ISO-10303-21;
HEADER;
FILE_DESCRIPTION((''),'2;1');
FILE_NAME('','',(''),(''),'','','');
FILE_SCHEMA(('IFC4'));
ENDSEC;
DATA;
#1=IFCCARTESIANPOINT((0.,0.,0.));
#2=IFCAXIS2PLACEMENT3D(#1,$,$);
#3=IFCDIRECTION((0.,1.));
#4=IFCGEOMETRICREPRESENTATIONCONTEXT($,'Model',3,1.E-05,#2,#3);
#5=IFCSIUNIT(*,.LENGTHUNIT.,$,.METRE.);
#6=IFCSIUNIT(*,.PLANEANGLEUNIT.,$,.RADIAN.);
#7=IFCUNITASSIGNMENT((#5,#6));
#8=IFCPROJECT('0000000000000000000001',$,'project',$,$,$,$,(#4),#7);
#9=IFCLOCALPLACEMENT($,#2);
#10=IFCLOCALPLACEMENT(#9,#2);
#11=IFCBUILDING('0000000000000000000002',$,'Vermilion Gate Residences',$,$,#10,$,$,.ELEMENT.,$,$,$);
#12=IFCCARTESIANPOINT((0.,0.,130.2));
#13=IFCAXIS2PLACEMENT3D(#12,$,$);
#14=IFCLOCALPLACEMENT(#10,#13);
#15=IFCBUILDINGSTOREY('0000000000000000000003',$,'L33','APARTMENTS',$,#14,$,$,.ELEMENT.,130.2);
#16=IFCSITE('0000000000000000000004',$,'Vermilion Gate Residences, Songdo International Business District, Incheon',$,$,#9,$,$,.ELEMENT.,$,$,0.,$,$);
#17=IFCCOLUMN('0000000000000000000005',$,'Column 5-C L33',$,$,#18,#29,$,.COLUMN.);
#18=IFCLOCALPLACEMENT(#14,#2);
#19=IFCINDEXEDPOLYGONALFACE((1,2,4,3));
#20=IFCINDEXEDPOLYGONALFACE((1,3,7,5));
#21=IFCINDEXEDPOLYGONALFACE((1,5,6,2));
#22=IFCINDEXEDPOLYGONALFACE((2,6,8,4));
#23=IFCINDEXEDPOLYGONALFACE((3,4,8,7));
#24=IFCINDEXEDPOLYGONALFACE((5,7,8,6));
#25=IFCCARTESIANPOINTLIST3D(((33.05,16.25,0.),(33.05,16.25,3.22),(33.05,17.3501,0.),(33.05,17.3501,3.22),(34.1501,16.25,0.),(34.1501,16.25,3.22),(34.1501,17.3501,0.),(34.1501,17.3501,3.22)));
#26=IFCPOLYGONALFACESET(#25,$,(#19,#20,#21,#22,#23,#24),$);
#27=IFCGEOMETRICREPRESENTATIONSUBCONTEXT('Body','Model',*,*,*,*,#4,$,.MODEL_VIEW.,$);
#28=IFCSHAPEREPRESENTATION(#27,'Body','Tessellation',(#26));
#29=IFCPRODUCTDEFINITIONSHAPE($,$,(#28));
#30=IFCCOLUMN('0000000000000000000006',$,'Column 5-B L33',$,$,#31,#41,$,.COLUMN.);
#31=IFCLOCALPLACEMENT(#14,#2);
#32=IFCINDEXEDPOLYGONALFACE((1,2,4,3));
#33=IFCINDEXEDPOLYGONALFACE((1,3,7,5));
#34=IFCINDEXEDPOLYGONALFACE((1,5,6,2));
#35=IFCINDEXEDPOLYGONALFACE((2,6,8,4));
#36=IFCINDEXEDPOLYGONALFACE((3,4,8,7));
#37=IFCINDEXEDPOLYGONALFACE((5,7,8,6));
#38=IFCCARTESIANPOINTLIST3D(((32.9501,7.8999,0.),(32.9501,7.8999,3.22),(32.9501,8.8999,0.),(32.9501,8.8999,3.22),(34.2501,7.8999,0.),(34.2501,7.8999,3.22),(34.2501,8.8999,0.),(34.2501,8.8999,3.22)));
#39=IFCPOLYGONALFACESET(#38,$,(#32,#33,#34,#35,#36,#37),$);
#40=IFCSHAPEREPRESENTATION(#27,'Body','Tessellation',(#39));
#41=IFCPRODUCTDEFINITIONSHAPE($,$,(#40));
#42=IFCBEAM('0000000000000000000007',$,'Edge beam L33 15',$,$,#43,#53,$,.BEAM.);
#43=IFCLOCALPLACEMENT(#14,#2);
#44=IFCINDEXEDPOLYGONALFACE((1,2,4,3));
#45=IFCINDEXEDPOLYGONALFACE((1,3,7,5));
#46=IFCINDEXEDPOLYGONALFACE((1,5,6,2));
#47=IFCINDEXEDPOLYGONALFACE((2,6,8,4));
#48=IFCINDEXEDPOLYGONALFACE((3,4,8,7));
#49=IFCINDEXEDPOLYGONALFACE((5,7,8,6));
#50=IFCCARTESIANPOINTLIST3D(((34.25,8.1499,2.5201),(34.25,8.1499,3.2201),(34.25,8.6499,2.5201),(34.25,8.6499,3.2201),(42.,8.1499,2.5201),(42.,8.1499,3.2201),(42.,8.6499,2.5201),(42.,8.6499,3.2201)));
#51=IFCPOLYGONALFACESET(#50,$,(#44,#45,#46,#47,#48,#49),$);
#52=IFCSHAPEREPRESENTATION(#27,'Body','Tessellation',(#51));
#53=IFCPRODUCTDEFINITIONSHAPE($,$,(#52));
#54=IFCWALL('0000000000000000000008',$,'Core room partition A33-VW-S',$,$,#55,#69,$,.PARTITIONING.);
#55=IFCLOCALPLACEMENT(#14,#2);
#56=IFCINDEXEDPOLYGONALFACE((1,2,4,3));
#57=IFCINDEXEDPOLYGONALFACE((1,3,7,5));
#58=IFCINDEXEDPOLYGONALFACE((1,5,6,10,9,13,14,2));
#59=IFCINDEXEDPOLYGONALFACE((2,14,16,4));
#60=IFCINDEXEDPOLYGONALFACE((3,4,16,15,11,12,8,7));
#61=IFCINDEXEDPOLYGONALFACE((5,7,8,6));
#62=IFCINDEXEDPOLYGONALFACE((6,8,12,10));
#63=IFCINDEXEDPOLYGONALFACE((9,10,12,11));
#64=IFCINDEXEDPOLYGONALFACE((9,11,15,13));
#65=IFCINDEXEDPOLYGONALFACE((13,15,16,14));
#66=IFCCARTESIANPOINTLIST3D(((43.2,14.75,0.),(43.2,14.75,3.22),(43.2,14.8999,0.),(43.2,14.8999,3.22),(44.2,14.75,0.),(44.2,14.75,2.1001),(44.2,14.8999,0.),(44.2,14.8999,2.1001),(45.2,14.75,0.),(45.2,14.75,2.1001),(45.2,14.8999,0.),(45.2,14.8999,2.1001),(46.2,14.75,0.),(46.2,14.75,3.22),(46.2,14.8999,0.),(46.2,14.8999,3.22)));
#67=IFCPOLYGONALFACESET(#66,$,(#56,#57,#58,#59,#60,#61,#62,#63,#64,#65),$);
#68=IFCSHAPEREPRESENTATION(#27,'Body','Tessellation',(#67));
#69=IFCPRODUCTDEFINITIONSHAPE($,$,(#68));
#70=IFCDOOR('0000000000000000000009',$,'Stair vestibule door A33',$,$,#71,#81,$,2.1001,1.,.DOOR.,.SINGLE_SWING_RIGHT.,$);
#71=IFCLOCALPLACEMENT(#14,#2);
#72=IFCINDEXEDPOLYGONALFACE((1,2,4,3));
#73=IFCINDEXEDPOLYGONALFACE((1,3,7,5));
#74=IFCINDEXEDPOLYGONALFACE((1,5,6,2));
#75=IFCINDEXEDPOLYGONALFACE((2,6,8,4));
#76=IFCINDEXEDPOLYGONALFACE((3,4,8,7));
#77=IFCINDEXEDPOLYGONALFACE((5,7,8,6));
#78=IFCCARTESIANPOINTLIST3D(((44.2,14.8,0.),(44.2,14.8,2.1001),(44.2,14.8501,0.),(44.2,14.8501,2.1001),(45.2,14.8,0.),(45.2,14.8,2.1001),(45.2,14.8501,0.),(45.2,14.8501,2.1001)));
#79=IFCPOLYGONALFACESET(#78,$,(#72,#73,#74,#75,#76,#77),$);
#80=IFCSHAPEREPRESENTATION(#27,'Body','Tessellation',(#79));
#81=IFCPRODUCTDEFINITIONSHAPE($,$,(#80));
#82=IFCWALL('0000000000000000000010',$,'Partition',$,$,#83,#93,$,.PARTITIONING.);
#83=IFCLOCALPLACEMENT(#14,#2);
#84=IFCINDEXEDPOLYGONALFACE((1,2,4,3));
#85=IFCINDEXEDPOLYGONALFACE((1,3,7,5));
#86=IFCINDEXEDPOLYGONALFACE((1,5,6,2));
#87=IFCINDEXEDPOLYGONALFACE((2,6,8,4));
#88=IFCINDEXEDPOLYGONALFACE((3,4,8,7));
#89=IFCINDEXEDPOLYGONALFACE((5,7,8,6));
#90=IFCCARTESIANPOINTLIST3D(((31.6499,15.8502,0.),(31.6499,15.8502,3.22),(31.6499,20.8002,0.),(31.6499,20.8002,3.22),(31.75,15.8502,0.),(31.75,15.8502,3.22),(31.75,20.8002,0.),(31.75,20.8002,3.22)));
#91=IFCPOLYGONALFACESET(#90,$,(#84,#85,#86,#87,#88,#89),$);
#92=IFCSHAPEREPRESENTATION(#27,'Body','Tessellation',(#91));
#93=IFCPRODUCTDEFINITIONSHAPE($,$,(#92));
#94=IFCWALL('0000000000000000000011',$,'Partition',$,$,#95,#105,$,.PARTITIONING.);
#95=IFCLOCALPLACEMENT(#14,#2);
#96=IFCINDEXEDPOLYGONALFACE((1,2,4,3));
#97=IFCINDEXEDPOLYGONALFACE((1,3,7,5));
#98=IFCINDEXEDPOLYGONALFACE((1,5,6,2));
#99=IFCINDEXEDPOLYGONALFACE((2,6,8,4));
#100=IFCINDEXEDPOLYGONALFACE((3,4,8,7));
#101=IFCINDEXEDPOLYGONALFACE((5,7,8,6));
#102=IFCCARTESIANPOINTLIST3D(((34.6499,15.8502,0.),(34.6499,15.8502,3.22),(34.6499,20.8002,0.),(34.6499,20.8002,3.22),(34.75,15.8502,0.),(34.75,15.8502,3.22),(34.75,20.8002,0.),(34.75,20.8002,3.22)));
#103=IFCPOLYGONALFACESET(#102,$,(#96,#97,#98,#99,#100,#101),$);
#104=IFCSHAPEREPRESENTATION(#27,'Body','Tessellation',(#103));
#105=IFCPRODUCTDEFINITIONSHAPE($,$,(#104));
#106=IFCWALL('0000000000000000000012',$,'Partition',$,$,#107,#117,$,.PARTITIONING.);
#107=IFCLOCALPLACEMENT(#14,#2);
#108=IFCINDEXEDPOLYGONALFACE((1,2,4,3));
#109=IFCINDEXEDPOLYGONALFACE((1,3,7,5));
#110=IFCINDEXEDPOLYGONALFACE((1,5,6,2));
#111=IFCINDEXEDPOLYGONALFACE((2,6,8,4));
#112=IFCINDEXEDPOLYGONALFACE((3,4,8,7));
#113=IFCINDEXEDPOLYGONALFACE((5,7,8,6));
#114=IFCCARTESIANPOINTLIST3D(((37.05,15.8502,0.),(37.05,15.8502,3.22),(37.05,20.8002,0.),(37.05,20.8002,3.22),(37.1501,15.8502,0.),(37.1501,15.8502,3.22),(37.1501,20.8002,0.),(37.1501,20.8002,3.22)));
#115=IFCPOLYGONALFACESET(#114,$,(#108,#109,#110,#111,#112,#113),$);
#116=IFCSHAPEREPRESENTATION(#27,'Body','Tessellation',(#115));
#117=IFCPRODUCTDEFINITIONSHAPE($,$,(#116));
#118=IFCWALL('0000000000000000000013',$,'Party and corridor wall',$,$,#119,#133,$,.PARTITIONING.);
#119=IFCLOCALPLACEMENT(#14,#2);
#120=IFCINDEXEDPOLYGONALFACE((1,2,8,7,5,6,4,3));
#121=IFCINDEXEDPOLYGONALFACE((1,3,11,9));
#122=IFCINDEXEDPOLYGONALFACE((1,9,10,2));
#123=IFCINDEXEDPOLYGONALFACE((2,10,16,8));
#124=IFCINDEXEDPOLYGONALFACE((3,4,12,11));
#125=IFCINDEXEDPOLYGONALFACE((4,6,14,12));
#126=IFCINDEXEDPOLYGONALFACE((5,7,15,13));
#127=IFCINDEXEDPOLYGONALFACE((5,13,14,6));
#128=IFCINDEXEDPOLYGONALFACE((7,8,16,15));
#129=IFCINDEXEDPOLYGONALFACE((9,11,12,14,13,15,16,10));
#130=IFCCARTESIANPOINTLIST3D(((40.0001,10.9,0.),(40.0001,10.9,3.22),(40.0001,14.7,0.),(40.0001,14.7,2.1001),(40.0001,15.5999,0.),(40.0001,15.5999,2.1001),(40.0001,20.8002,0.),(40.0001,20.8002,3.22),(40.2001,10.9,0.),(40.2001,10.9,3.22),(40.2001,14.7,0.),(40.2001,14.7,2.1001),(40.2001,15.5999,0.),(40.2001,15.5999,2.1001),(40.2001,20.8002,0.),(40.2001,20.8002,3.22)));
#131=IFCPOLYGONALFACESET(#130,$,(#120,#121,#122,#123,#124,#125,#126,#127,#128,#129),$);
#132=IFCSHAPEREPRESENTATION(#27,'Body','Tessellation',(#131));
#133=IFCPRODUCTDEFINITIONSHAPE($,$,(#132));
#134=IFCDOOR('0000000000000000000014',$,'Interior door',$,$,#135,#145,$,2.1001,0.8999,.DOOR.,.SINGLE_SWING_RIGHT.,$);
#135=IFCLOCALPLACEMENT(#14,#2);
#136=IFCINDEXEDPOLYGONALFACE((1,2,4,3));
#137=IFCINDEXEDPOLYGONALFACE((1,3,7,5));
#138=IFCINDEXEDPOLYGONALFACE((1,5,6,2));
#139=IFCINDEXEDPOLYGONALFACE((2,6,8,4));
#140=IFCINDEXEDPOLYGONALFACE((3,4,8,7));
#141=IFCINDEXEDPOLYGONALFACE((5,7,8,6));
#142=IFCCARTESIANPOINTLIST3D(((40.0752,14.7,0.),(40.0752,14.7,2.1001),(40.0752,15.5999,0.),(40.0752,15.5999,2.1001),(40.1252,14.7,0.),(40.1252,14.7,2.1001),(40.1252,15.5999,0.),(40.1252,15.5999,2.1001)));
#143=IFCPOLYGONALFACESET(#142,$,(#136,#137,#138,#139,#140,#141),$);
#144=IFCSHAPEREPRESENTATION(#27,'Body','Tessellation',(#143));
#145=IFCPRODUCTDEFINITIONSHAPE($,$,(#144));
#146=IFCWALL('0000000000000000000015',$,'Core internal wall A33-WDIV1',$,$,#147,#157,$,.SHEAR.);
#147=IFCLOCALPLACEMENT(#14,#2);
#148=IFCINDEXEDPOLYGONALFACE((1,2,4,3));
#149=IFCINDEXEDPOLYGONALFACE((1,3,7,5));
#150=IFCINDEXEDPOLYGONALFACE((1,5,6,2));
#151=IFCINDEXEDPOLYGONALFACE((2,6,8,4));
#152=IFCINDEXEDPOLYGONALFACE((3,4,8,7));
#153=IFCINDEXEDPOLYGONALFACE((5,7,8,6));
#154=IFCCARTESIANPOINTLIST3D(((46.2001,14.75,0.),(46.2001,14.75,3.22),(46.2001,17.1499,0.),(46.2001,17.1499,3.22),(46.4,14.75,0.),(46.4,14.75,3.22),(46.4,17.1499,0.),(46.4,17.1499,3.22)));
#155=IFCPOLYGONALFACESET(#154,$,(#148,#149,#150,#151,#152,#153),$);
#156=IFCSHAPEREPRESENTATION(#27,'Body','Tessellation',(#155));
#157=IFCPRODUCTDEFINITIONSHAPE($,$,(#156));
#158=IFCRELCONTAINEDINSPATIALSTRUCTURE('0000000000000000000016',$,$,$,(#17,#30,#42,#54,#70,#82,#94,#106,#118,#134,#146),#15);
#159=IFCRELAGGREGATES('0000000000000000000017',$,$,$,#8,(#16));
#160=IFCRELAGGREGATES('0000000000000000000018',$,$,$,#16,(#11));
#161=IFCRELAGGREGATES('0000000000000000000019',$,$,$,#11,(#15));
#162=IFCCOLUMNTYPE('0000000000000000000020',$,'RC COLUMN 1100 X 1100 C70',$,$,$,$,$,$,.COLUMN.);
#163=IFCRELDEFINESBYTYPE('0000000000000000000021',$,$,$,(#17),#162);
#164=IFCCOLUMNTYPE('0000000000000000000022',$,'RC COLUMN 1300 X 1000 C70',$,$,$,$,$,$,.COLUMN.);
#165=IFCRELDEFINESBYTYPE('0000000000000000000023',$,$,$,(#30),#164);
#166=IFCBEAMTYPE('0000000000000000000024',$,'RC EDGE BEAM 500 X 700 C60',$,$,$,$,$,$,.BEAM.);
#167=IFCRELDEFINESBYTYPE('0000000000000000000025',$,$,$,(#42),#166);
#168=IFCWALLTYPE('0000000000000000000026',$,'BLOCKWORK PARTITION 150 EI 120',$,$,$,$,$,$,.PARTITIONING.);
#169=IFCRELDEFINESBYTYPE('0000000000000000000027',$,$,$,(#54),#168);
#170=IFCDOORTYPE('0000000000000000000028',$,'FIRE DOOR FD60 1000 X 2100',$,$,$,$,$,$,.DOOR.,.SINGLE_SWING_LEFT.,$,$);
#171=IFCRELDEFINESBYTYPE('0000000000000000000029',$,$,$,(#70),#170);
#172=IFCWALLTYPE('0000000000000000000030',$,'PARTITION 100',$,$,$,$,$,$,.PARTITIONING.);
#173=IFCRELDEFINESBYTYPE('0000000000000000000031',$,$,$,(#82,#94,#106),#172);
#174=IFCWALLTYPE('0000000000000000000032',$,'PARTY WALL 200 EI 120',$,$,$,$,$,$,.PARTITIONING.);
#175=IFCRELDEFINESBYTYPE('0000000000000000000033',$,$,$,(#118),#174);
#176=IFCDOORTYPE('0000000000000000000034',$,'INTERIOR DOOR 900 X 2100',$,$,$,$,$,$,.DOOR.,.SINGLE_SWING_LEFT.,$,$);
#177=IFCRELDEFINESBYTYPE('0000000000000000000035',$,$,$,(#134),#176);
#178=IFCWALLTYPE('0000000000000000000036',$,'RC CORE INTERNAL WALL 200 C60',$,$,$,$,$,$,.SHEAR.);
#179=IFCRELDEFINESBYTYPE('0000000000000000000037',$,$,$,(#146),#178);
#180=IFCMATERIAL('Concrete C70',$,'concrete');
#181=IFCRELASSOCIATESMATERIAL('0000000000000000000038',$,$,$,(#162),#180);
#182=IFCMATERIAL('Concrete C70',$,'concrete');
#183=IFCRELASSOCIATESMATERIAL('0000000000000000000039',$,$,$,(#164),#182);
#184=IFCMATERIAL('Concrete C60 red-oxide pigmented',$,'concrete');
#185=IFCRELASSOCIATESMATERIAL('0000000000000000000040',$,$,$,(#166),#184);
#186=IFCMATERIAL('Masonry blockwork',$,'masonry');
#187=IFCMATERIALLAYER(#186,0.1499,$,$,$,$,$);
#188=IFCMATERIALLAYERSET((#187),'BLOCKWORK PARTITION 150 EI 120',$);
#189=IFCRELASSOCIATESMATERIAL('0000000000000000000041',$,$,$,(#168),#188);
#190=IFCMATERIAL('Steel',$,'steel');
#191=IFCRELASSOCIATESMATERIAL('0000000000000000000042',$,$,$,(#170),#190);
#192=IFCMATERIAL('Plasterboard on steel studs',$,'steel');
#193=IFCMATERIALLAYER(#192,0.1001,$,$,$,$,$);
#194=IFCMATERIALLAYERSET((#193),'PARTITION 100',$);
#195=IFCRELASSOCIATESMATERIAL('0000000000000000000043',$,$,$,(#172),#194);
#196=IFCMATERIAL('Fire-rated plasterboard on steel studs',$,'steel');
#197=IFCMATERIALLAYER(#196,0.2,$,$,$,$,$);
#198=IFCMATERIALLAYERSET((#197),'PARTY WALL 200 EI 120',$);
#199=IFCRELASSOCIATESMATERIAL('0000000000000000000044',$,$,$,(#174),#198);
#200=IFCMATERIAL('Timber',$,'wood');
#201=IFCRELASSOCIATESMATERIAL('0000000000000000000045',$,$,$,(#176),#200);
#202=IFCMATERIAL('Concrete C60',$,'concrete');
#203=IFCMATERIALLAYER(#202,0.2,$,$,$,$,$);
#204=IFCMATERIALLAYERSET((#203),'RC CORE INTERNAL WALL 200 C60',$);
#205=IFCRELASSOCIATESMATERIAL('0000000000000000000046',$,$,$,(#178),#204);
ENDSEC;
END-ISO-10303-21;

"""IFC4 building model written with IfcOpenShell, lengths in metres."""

from ifc_helpers import new_model, si_unit, direction, frame, frame_2d, origin, origin_2d, place, context, subcontext, project, spatial, rectangle, extrude, material, layer, layer_set, material_profile, profile_set, type_object, element, fill, save


model = new_model("IFC4")

# Units and contexts
model_context = context("Model", 3, precision=1e-05, world=origin(), true_north=direction((0.0, 1.0)))
body_context = subcontext(model_context, "Body", "Model", "MODEL_VIEW")
ifc_project = project(units=[si_unit("LENGTHUNIT", "METRE"), si_unit("PLANEANGLEUNIT", "RADIAN")], contexts=[model_context])

# Site, building, storey
site_placement = place(None, origin())
site = spatial("IfcSite", under=ifc_project, at=site_placement, Name="Vermilion Gate Residences, Songdo International Business District, Incheon", CompositionType="ELEMENT", RefElevation=0.0)
building_placement = place(site_placement, origin())
building = spatial("IfcBuilding", under=site, at=building_placement, Name="Vermilion Gate Residences", CompositionType="ELEMENT")
storey_placement = place(building_placement, frame((0.0, 0.0, 130.2)))
storey = spatial("IfcBuildingStorey", under=building, at=storey_placement, Name="L33", Description="APARTMENTS", CompositionType="ELEMENT", Elevation=130.2)

# Columns
ifc_material_1 = material(Name="Concrete C70", Category="concrete")
ifc_material_profile_1 = material_profile(ifc_material_1, rectangle(XDim=1.1001, YDim=1.1001, at=origin_2d()), Name="RC-1100x1100")
ifc_profile_set_1 = profile_set([ifc_material_profile_1], Name="Concrete C70")
column_type_1 = type_object("IfcColumnType", Name="RC COLUMN 1100 X 1100 C70", PredefinedType="COLUMN", material=ifc_profile_set_1)
column_1_placement = place(storey_placement, frame((33.6001, 16.8, 0.0), z_axis=(0.0, 0.0, 1.0), x_axis=(1.0, 0.0, 0.0)))
element("IfcColumn", 1, at=column_1_placement, inside=storey, type_object=column_type_1, Name="Column 5-C L33", PredefinedType="COLUMN", context=body_context, shape_type="SweptSolid", body=[
    extrude(rectangle(XDim=1.1001, YDim=1.1001, at=origin_2d()), origin(), (0.0, 0.0, 1.0), 3.22),
])
ifc_material_2 = material(Name="Concrete C70", Category="concrete")
ifc_material_profile_2 = material_profile(ifc_material_2, rectangle(XDim=1.3, YDim=1.0, at=origin_2d()), Name="RC-1300x1000")
ifc_profile_set_2 = profile_set([ifc_material_profile_2], Name="Concrete C70")
column_type_2 = type_object("IfcColumnType", Name="RC COLUMN 1300 X 1000 C70", PredefinedType="COLUMN", material=ifc_profile_set_2)
column_2_placement = place(storey_placement, frame((33.6001, 8.3999, 0.0), z_axis=(0.0, 0.0, 1.0), x_axis=(1.0, 0.0, 0.0)))
element("IfcColumn", 2, at=column_2_placement, inside=storey, type_object=column_type_2, Name="Column 5-B L33", PredefinedType="COLUMN", context=body_context, shape_type="SweptSolid", body=[
    extrude(rectangle(XDim=1.3, YDim=1.0, at=origin_2d()), origin(), (0.0, 0.0, 1.0), 3.22),
])

# Beam
ifc_material_3 = material(Name="Concrete C60 red-oxide pigmented", Category="concrete")
ifc_material_profile_3 = material_profile(ifc_material_3, rectangle(XDim=0.5, YDim=0.7, at=origin_2d()), Name="RC-500x700")
ifc_profile_set_3 = profile_set([ifc_material_profile_3], Name="Concrete C60 red-oxide pigmented")
beam_type = type_object("IfcBeamType", Name="RC EDGE BEAM 500 X 700 C60", PredefinedType="BEAM", material=ifc_profile_set_3)
beam_placement = place(storey_placement, frame((34.25, 8.3999, 2.8701), z_axis=(1.0, 0.0, 0.0), x_axis=(0.0, 1.0, 0.0)))
element("IfcBeam", 3, at=beam_placement, inside=storey, type_object=beam_type, Name="Edge beam L33 15", PredefinedType="BEAM", context=body_context, shape_type="SweptSolid", body=[
    extrude(rectangle(XDim=0.5, YDim=0.7, at=origin_2d()), origin(), (0.0, 0.0, 1.0), 7.75),
])

# Wall, opening, door
ifc_material_4 = material(Name="Masonry blockwork", Category="masonry")
ifc_layer_1 = layer(ifc_material_4, 0.1499)
ifc_layer_set_1 = layer_set([ifc_layer_1], Name="BLOCKWORK PARTITION 150 EI 120")
wall_type_1 = type_object("IfcWallType", Name="BLOCKWORK PARTITION 150 EI 120", PredefinedType="PARTITIONING", material=ifc_layer_set_1)
wall_1_placement = place(storey_placement, frame((43.2, 14.825, 0.0), z_axis=(0.0, 0.0, 1.0), x_axis=(1.0, 0.0, 0.0)))
wall_1 = element("IfcWall", 4, at=wall_1_placement, inside=storey, type_object=wall_type_1, Name="Core room partition A33-VW-S", PredefinedType="PARTITIONING", context=body_context, shape_type="SweptSolid", body=[
    extrude(rectangle(XDim=3.0, YDim=0.1499, at=frame_2d((1.5, 0.0))), origin(), (0.0, 0.0, 1.0), 3.22),
])
opening_1_placement = place(wall_1_placement, frame((1.0, 0.0, 0.0)))
opening_1 = element("IfcOpeningElement", 5, at=opening_1_placement, cuts=wall_1, PredefinedType="OPENING", context=body_context, shape_type="SweptSolid", body=[
    extrude(rectangle(XDim=1.0, YDim=2.1001, at=frame_2d((0.5, 1.05))), frame((0.0, 0.085, 0.0), z_axis=(0.0, -1.0, 0.0), x_axis=(1.0, 0.0, 0.0)), (0.0, 0.0, 1.0), 0.1699),
])
ifc_material_5 = material(Name="Steel", Category="steel")
door_type_1 = type_object("IfcDoorType", Name="FIRE DOOR FD60 1000 X 2100", OperationType="SINGLE_SWING_LEFT", PredefinedType="DOOR", material=ifc_material_5)
door_1_placement = place(opening_1_placement, frame((1.0, 0.0, 0.0), z_axis=(0.0, 0.0, 1.0), x_axis=(-1.0, 0.0, 0.0)))
door_1 = element("IfcDoor", 6, at=door_1_placement, inside=storey, type_object=door_type_1, Name="Stair vestibule door A33", OperationType="SINGLE_SWING_RIGHT", OverallHeight=2.1001, OverallWidth=1.0, PredefinedType="DOOR", context=body_context, shape_type="SweptSolid", body=[
    extrude(rectangle(XDim=1.0, YDim=2.1001, at=frame_2d((0.5, 1.05))), frame((0.0, 0.0249, 0.0), z_axis=(0.0, -1.0, 0.0), x_axis=(1.0, 0.0, 0.0)), (0.0, 0.0, 1.0), 0.05),
])
fill(opening_1, door_1)

# Walls
ifc_material_6 = material(Name="Plasterboard on steel studs", Category="steel")
ifc_layer_2 = layer(ifc_material_6, 0.1001)
ifc_layer_set_2 = layer_set([ifc_layer_2], Name="PARTITION 100")
wall_type_2 = type_object("IfcWallType", Name="PARTITION 100", PredefinedType="PARTITIONING", material=ifc_layer_set_2)
for number, where, z_axis, x_axis, name in (
    (7, (31.7, 15.8501, 0.0), (0.0, 0.0, 1.0), (0.0, 1.0, 0.0), "Partition"),
    (8, (34.7, 15.8501, 0.0), (0.0, 0.0, 1.0), (0.0, 1.0, 0.0), "Partition"),
    (9, (37.1001, 15.8501, 0.0), (0.0, 0.0, 1.0), (0.0, 1.0, 0.0), "Partition"),
):
    element("IfcWall", number, at=place(storey_placement, frame(where, z_axis=z_axis, x_axis=x_axis)), inside=storey, type_object=wall_type_2, Name=name, PredefinedType="PARTITIONING", context=body_context, shape_type="SweptSolid", body=[
        extrude(rectangle(XDim=4.95, YDim=0.1001, at=frame_2d((2.4751, 0.0))), origin(), (0.0, 0.0, 1.0), 3.22),
    ])

# Wall, opening, door
ifc_material_7 = material(Name="Fire-rated plasterboard on steel studs", Category="steel")
ifc_layer_3 = layer(ifc_material_7, 0.2)
ifc_layer_set_3 = layer_set([ifc_layer_3], Name="PARTY WALL 200 EI 120")
wall_type_3 = type_object("IfcWallType", Name="PARTY WALL 200 EI 120", PredefinedType="PARTITIONING", material=ifc_layer_set_3)
wall_2_placement = place(storey_placement, frame((40.1001, 10.8999, 0.0), z_axis=(0.0, 0.0, 1.0), x_axis=(0.0, 1.0, 0.0)))
wall_2 = element("IfcWall", 10, at=wall_2_placement, inside=storey, type_object=wall_type_3, Name="Party and corridor wall", PredefinedType="PARTITIONING", context=body_context, shape_type="SweptSolid", body=[
    extrude(rectangle(XDim=9.9001, YDim=0.2, at=frame_2d((4.9502, 0.0))), origin(), (0.0, 0.0, 1.0), 3.22),
])
opening_2_placement = place(wall_2_placement, frame((3.8, 0.0, 0.0)))
opening_2 = element("IfcOpeningElement", 11, at=opening_2_placement, cuts=wall_2, PredefinedType="OPENING", context=body_context, shape_type="SweptSolid", body=[
    extrude(rectangle(XDim=0.8999, YDim=2.1001, at=frame_2d((0.45, 1.05))), frame((0.0, 0.1099, 0.0), z_axis=(0.0, -1.0, 0.0), x_axis=(1.0, 0.0, 0.0)), (0.0, 0.0, 1.0), 0.22),
])
ifc_material_8 = material(Name="Timber", Category="wood")
door_type_2 = type_object("IfcDoorType", Name="INTERIOR DOOR 900 X 2100", OperationType="SINGLE_SWING_LEFT", PredefinedType="DOOR", material=ifc_material_8)
door_2_placement = place(opening_2_placement, origin())
door_2 = element("IfcDoor", 12, at=door_2_placement, inside=storey, type_object=door_type_2, Name="Interior door", OperationType="SINGLE_SWING_RIGHT", OverallHeight=2.1001, OverallWidth=0.8999, PredefinedType="DOOR", context=body_context, shape_type="SweptSolid", body=[
    extrude(rectangle(XDim=0.8999, YDim=2.1001, at=frame_2d((0.45, 1.05))), frame((0.0, 0.0249, 0.0), z_axis=(0.0, -1.0, 0.0), x_axis=(1.0, 0.0, 0.0)), (0.0, 0.0, 1.0), 0.05),
])
fill(opening_2, door_2)

# Wall
ifc_material_9 = material(Name="Concrete C60", Category="concrete")
ifc_layer_4 = layer(ifc_material_9, 0.2)
ifc_layer_set_4 = layer_set([ifc_layer_4], Name="RC CORE INTERNAL WALL 200 C60")
wall_type_4 = type_object("IfcWallType", Name="RC CORE INTERNAL WALL 200 C60", PredefinedType="SHEAR", material=ifc_layer_set_4)
wall_3_placement = place(storey_placement, frame((46.3, 14.75, 0.0), z_axis=(0.0, 0.0, 1.0), x_axis=(0.0, 1.0, 0.0)))
element("IfcWall", 13, at=wall_3_placement, inside=storey, type_object=wall_type_4, Name="Core internal wall A33-WDIV1", PredefinedType="SHEAR", context=body_context, shape_type="SweptSolid", body=[
    extrude(rectangle(XDim=2.3999, YDim=0.2, at=frame_2d((1.2, 0.0))), origin(), (0.0, 0.0, 1.0), 3.22),
])

save(model, "model.ifc")
